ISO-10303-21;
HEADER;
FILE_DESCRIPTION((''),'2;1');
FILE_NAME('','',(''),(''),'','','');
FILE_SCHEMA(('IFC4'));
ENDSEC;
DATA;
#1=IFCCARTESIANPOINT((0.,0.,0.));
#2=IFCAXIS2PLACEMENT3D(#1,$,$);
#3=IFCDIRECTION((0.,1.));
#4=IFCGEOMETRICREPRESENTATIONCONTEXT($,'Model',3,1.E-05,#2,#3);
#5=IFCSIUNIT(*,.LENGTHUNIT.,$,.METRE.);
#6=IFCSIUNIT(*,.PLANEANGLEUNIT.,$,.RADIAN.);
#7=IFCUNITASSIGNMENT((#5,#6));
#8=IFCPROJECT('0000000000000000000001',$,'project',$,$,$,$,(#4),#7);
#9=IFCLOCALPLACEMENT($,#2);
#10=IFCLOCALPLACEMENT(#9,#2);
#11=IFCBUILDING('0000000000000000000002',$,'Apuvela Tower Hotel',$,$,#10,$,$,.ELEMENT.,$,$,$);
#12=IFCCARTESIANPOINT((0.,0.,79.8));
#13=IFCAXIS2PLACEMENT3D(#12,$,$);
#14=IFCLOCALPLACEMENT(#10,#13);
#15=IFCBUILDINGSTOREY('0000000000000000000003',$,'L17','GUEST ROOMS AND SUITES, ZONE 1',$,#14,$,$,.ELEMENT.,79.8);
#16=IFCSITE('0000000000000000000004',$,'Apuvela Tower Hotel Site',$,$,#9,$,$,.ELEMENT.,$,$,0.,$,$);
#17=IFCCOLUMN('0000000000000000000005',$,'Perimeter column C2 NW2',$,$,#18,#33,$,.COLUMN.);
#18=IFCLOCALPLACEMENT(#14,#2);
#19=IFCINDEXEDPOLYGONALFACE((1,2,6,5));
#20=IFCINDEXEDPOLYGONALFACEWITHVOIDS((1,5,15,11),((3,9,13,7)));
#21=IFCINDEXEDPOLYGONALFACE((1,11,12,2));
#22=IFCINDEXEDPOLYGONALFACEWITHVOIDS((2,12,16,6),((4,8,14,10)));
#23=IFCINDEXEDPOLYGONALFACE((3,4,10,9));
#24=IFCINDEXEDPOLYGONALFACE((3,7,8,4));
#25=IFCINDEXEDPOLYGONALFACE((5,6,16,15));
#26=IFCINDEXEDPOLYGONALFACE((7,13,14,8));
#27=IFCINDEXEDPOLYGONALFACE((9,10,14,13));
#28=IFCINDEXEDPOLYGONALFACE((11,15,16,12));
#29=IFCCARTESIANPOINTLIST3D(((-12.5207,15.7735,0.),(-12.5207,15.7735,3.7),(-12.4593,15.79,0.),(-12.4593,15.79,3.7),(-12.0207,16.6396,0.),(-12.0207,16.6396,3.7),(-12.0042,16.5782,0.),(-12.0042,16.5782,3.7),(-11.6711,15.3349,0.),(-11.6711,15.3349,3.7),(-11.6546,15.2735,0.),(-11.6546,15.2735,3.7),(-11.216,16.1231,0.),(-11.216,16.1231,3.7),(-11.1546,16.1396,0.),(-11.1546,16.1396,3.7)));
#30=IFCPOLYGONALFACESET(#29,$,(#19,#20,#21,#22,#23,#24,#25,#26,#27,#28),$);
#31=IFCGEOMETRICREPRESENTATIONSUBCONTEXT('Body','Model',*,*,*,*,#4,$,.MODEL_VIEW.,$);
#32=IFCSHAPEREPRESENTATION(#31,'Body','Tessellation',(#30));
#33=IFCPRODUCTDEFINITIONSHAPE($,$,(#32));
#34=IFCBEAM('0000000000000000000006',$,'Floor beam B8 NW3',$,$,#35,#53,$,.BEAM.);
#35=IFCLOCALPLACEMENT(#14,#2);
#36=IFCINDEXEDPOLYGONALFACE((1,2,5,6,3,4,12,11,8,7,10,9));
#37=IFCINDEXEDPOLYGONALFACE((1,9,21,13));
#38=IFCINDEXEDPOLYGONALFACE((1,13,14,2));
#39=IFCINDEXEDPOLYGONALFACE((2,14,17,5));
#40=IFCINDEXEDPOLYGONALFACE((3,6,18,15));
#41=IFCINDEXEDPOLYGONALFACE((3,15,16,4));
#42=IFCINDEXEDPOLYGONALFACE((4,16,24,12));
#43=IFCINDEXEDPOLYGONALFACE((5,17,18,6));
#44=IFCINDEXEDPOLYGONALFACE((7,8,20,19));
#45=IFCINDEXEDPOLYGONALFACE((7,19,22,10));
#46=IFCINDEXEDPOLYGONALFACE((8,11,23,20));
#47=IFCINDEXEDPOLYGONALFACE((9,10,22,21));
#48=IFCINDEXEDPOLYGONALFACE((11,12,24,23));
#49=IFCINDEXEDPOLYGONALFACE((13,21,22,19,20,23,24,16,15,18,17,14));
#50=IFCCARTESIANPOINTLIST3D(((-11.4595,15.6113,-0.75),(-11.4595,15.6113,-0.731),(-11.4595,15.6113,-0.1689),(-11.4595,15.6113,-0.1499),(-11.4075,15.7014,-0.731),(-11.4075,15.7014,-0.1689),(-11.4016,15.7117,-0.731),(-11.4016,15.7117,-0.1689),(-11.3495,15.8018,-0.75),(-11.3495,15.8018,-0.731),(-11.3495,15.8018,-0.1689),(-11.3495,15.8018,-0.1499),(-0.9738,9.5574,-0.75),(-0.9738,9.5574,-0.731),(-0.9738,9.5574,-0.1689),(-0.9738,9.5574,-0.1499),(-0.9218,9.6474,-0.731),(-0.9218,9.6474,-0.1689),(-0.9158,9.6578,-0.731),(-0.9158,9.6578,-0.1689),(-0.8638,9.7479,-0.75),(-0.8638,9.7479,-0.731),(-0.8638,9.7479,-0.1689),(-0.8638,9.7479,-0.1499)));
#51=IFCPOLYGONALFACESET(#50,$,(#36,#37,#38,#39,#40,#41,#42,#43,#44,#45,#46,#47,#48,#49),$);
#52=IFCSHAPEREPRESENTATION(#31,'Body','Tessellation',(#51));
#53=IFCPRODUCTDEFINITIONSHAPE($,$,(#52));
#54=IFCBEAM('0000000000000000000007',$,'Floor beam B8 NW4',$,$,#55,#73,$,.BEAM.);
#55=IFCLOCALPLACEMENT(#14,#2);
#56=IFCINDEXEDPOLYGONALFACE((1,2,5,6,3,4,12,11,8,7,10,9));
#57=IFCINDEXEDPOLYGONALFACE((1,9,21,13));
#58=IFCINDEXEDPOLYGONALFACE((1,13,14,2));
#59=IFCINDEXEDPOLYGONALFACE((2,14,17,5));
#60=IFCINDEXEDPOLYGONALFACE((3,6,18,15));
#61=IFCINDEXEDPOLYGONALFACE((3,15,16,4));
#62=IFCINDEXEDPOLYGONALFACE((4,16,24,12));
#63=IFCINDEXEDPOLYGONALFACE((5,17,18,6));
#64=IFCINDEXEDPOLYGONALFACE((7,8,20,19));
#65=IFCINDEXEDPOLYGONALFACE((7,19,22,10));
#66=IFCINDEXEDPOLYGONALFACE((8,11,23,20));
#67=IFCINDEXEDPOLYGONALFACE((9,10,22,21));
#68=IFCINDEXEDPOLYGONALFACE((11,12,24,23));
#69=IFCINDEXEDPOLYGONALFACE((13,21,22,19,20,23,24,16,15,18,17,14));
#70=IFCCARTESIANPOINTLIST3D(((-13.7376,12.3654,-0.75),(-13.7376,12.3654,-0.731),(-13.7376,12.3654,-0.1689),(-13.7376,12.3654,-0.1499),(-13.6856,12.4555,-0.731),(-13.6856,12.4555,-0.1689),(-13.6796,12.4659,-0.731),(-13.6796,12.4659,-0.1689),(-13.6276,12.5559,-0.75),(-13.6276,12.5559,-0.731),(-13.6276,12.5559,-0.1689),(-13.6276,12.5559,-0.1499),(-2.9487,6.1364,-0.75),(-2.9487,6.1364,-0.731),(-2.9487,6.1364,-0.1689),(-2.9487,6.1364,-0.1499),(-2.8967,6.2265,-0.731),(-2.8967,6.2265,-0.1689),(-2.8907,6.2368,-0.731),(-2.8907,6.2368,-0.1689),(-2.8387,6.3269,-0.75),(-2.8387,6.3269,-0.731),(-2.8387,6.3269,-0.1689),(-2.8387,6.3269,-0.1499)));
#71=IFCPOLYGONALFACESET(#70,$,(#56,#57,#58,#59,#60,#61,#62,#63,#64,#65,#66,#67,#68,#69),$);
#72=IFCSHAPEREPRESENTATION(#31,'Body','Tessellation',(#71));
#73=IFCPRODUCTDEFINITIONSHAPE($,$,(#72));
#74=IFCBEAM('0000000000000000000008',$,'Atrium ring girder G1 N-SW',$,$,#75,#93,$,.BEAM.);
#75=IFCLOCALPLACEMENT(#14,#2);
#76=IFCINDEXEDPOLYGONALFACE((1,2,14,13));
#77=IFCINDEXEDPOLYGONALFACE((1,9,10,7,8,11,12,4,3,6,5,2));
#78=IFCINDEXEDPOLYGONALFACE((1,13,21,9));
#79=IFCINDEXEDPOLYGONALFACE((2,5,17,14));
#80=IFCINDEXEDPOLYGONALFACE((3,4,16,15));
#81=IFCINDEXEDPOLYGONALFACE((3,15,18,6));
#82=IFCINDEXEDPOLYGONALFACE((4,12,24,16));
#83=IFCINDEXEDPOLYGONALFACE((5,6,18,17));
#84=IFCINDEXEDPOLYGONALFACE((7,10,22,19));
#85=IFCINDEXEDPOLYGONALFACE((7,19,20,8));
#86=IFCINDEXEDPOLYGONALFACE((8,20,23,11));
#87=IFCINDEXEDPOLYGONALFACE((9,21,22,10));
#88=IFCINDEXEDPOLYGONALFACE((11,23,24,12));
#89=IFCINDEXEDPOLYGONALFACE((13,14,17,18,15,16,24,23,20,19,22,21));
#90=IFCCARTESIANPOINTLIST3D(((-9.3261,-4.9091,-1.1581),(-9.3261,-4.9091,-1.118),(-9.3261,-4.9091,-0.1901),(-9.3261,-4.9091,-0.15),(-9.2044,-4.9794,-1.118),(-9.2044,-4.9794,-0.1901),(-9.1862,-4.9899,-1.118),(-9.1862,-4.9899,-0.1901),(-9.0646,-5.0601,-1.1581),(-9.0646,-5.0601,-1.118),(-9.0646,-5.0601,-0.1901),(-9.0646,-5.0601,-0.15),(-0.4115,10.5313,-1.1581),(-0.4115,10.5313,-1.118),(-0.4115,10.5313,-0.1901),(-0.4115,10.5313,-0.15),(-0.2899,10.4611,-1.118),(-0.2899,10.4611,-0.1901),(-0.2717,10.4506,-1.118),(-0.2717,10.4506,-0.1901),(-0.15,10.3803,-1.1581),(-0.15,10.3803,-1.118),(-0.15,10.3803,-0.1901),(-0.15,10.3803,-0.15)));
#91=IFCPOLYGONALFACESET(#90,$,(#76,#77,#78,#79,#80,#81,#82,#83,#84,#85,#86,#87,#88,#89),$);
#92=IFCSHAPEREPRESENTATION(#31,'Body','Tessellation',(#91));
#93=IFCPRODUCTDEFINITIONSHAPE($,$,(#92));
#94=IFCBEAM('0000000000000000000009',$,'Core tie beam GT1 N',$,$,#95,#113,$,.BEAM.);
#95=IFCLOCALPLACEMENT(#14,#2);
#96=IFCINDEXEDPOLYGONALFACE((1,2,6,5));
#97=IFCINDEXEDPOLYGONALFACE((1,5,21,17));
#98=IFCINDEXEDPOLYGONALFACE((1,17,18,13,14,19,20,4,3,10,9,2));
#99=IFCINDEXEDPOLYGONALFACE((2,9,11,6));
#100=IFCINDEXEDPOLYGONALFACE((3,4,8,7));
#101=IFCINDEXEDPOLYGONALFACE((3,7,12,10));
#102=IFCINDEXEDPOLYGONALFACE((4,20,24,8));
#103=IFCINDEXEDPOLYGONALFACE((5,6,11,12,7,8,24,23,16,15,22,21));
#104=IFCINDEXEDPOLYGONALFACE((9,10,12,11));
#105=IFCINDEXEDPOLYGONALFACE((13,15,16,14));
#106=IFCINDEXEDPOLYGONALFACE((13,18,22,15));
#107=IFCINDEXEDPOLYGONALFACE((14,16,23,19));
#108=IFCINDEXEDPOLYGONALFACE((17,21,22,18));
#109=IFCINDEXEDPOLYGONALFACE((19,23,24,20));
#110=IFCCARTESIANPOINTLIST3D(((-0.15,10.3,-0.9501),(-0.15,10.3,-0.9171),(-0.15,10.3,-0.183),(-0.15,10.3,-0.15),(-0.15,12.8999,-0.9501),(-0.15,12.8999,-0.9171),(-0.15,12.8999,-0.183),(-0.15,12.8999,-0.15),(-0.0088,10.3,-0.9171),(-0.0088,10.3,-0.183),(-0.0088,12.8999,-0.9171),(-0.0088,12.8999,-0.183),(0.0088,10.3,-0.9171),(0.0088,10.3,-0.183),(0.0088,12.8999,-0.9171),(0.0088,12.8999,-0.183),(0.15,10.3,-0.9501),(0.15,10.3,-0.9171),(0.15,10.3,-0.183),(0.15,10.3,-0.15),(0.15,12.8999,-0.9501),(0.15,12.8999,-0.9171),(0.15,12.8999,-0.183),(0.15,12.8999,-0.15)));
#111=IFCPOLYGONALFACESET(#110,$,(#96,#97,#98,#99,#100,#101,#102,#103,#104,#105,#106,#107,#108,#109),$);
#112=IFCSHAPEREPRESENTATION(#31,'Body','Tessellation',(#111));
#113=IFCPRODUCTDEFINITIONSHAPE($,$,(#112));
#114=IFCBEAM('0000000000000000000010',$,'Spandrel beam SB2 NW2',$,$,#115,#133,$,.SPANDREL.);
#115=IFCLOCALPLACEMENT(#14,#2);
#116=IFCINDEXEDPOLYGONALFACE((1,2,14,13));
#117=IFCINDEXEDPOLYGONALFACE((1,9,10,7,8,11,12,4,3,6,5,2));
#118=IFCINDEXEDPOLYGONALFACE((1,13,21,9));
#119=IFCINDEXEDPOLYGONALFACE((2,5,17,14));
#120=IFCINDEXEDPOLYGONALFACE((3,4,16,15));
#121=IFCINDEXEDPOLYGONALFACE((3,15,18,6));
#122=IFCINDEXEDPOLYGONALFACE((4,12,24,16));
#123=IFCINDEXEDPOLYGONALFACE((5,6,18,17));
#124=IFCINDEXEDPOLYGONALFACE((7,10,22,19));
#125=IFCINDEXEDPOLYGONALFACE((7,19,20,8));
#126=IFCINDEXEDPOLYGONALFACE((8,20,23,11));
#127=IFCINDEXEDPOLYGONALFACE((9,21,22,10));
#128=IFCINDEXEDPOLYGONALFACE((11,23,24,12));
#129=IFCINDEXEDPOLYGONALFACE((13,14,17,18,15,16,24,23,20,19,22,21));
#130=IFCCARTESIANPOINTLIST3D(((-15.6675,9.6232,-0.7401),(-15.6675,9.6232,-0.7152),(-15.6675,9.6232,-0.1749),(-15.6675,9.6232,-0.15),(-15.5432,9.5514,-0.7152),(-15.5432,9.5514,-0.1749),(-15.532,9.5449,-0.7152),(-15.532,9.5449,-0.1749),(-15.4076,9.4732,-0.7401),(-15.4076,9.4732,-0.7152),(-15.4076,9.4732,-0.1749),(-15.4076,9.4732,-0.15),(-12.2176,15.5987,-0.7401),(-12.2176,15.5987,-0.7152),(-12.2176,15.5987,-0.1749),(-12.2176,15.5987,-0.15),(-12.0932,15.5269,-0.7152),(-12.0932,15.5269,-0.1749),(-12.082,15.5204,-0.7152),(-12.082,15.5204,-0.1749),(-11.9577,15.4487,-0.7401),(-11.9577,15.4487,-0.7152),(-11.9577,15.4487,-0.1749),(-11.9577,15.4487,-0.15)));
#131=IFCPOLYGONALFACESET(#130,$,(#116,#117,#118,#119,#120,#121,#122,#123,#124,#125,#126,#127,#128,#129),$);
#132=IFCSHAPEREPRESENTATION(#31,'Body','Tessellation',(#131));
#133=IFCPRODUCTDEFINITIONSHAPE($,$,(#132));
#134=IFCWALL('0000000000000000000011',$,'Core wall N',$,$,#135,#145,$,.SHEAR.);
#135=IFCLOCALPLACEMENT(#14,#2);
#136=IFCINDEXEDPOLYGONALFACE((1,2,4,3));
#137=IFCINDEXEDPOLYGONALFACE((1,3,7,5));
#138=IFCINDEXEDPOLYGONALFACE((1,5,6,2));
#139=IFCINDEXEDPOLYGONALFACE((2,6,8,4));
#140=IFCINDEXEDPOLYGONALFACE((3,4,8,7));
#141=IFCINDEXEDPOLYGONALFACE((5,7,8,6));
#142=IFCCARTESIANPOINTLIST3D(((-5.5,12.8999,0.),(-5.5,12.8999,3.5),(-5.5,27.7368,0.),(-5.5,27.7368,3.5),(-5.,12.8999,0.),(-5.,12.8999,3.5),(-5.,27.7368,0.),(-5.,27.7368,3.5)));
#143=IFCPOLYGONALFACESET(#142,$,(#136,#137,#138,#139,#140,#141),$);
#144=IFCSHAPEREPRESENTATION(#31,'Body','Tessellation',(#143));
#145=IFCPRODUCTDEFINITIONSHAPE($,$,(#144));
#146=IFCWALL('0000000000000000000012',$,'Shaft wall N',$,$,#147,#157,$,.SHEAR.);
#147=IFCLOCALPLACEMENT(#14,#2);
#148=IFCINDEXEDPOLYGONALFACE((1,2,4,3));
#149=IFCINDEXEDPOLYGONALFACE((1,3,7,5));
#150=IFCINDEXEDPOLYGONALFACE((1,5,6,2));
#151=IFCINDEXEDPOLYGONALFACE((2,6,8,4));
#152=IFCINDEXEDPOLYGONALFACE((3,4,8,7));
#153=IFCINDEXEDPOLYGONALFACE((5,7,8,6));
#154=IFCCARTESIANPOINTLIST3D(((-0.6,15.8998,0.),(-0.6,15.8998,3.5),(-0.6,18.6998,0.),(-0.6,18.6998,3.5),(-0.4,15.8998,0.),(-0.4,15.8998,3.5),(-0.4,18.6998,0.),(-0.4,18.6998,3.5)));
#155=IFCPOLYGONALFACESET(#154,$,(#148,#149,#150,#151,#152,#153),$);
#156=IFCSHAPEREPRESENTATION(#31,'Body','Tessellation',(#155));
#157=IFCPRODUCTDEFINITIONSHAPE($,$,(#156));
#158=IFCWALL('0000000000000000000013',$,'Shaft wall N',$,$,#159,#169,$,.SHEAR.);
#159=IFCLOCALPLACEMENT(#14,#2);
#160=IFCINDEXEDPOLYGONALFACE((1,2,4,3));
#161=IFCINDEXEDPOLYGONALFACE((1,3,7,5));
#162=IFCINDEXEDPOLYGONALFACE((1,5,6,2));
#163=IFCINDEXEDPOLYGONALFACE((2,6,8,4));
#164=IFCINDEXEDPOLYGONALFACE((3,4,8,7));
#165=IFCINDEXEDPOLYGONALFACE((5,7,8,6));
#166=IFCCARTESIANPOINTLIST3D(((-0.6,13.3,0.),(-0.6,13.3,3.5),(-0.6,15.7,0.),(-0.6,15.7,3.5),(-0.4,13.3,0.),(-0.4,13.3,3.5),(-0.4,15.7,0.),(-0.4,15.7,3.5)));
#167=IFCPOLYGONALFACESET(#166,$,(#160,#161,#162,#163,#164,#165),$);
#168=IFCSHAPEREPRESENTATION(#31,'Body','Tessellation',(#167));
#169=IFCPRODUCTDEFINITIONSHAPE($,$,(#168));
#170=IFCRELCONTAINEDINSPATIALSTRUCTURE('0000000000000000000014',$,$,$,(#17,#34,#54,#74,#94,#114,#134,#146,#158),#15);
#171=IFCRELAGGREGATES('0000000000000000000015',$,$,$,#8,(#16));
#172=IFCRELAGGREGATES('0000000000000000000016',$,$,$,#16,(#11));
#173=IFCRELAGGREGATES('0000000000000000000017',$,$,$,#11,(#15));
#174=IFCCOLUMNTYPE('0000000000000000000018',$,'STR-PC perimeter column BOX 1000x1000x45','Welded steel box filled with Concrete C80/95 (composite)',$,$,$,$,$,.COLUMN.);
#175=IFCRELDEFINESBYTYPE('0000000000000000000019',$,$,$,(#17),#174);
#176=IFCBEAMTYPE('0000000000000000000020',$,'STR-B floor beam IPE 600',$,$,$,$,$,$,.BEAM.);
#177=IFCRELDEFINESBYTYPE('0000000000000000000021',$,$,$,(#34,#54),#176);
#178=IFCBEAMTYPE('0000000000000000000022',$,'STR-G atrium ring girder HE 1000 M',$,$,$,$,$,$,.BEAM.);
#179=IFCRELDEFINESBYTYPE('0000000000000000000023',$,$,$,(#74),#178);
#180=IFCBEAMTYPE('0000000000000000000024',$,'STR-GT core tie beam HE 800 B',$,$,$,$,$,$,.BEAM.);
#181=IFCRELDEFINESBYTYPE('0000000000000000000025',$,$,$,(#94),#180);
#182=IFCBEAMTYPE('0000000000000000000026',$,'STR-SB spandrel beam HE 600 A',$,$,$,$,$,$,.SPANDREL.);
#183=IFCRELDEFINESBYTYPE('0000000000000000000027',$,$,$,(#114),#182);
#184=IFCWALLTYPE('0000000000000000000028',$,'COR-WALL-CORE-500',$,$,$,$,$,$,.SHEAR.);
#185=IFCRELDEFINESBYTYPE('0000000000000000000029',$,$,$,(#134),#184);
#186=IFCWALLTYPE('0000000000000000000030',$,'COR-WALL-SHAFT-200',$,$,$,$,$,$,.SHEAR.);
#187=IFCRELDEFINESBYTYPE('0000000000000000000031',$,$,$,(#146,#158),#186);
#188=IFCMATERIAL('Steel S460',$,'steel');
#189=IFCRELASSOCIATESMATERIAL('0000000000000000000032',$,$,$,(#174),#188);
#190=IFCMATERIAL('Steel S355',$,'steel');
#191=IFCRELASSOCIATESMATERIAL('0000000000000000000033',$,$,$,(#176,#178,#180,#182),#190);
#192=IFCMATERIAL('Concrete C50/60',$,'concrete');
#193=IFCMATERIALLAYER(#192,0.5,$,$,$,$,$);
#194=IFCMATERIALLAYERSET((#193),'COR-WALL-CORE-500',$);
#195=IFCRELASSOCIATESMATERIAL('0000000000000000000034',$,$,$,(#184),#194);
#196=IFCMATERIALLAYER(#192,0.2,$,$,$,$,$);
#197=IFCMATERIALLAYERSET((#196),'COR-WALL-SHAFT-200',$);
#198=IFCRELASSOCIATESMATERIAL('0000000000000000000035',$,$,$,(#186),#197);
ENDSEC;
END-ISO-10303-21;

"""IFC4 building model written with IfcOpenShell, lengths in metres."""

from ifc_helpers import new_model, si_unit, direction, frame, frame_2d, origin, origin_2d, place, context, subcontext, project, spatial, rectangle, hollow_rectangle, i_section, extrude, material, layer, layer_set, material_profile, profile_set, type_object, element, save


model = new_model("IFC4")

# Units and contexts
model_context = context("Model", 3, precision=1e-05, world=origin(), true_north=direction((0.0, 1.0)))
body_context = subcontext(model_context, "Body", "Model", "MODEL_VIEW")
ifc_project = project(units=[si_unit("LENGTHUNIT", "METRE"), si_unit("PLANEANGLEUNIT", "RADIAN")], contexts=[model_context])

# Site, building, storey
site_placement = place(None, origin())
site = spatial("IfcSite", under=ifc_project, at=site_placement, Name="Apuvela Tower Hotel Site", CompositionType="ELEMENT", RefElevation=0.0)
building_placement = place(site_placement, origin())
building = spatial("IfcBuilding", under=site, at=building_placement, Name="Apuvela Tower Hotel", CompositionType="ELEMENT")
storey_placement = place(building_placement, frame((0.0, 0.0, 79.8)))
storey = spatial("IfcBuildingStorey", under=building, at=storey_placement, Name="L17", Description="GUEST ROOMS AND SUITES, ZONE 1", CompositionType="ELEMENT", Elevation=79.8)

# Column
ifc_material_1 = material(Name="Steel S460", Category="steel")
ifc_material_profile_1 = material_profile(ifc_material_1, hollow_rectangle(XDim=1.0, YDim=1.0, WallThickness=0.0449, at=origin_2d()), Name="BOX 1000x1000x45")
ifc_material_2 = material(Name="Concrete C80/95", Category="concrete")
ifc_material_profile_2 = material_profile(ifc_material_2, rectangle(XDim=0.9099, YDim=0.9099, at=origin_2d()), Name="Concrete C80/95 infill")
ifc_profile_set_1 = profile_set([ifc_material_profile_1, ifc_material_profile_2], Name="Steel S460")
column_type = type_object("IfcColumnType", Name="STR-PC perimeter column BOX 1000x1000x45", Description="Welded steel box filled with Concrete C80/95 (composite)", PredefinedType="COLUMN", material=ifc_profile_set_1)
column_placement = place(storey_placement, frame((-11.8376, 15.9565, 0.0), z_axis=(0.0, 0.0, 1.0), x_axis=(0.5, 0.866025, 0.0)))
element("IfcColumn", 1, at=column_placement, inside=storey, type_object=column_type, Name="Perimeter column C2 NW2", PredefinedType="COLUMN", context=body_context, shape_type="SweptSolid", body=[
    extrude(hollow_rectangle(XDim=1.0, YDim=1.0, WallThickness=0.0449, at=origin_2d()), origin(), (0.0, 0.0, 1.0), 3.7),
])

# Beams
ifc_material_3 = material(Name="Steel S355", Category="steel")
ifc_material_profile_3 = material_profile(ifc_material_3, i_section(OverallWidth=0.22, OverallDepth=0.6001, WebThickness=0.012, FlangeThickness=0.019, at=origin_2d()), Name="IPE 600")
ifc_profile_set_2 = profile_set([ifc_material_profile_3], Name="Steel S355")
beam_type_1 = type_object("IfcBeamType", Name="STR-B floor beam IPE 600", PredefinedType="BEAM", material=ifc_profile_set_2)
beam_1_placement = place(storey_placement, frame((-11.4045, 15.7065, -0.45), z_axis=(0.866027, -0.499997, 0.0), x_axis=(0.499997, 0.866027, 0.0)))
element("IfcBeam", 2, at=beam_1_placement, inside=storey, type_object=beam_type_1, Name="Floor beam B8 NW3", PredefinedType="BEAM", context=body_context, shape_type="SweptSolid", body=[
    extrude(i_section(OverallWidth=0.22, OverallDepth=0.6001, WebThickness=0.012, FlangeThickness=0.019, at=origin_2d()), origin(), (0.0, 0.0, 1.0), 12.1079),
])
beam_2_placement = place(storey_placement, frame((-13.6826, 12.4607, -0.45), z_axis=(0.866023, -0.500005, 0.0), x_axis=(0.500005, 0.866023, 0.0)))
element("IfcBeam", 3, at=beam_2_placement, inside=storey, type_object=beam_type_1, Name="Floor beam B8 NW4", PredefinedType="BEAM", context=body_context, shape_type="SweptSolid", body=[
    extrude(i_section(OverallWidth=0.22, OverallDepth=0.6001, WebThickness=0.012, FlangeThickness=0.019, at=origin_2d()), origin(), (0.0, 0.0, 1.0), 12.458),
])
ifc_material_profile_4 = material_profile(ifc_material_3, i_section(OverallWidth=0.302, OverallDepth=1.0081, WebThickness=0.021, FlangeThickness=0.04, at=origin_2d()), Name="HE 1000 M")
ifc_profile_set_3 = profile_set([ifc_material_profile_4], Name="Steel S355")
beam_type_2 = type_object("IfcBeamType", Name="STR-G atrium ring girder HE 1000 M", PredefinedType="BEAM", material=ifc_profile_set_3)
beam_3_placement = place(storey_placement, frame((-0.2808, 10.4558, -0.6541), z_axis=(-0.500001, -0.866025, 0.0), x_axis=(0.866025, -0.500001, 0.0)))
element("IfcBeam", 4, at=beam_3_placement, inside=storey, type_object=beam_type_2, Name="Atrium ring girder G1 N-SW", PredefinedType="BEAM", context=body_context, shape_type="SweptSolid", body=[
    extrude(i_section(OverallWidth=0.302, OverallDepth=1.0081, WebThickness=0.021, FlangeThickness=0.04, at=origin_2d()), origin(), (0.0, 0.0, 1.0), 17.8291),
])
ifc_material_profile_5 = material_profile(ifc_material_3, i_section(OverallWidth=0.3, OverallDepth=0.8, WebThickness=0.0176, FlangeThickness=0.033, at=origin_2d()), Name="HE 800 B")
ifc_profile_set_4 = profile_set([ifc_material_profile_5], Name="Steel S355")
beam_type_3 = type_object("IfcBeamType", Name="STR-GT core tie beam HE 800 B", PredefinedType="BEAM", material=ifc_profile_set_4)
beam_4_placement = place(storey_placement, frame((0.0, 12.8999, -0.55), z_axis=(0.0, -1.0, 0.0), x_axis=(1.0, 0.0, 0.0)))
element("IfcBeam", 5, at=beam_4_placement, inside=storey, type_object=beam_type_3, Name="Core tie beam GT1 N", PredefinedType="BEAM", context=body_context, shape_type="SweptSolid", body=[
    extrude(i_section(OverallWidth=0.3, OverallDepth=0.8, WebThickness=0.0176, FlangeThickness=0.033, at=origin_2d()), origin(), (0.0, 0.0, 1.0), 2.5999),
])
ifc_material_profile_6 = material_profile(ifc_material_3, i_section(OverallWidth=0.3, OverallDepth=0.5901, WebThickness=0.0129, FlangeThickness=0.0249, at=origin_2d()), Name="HE 600 A")
ifc_profile_set_5 = profile_set([ifc_material_profile_6], Name="Steel S355")
beam_type_4 = type_object("IfcBeamType", Name="STR-SB spandrel beam HE 600 A", PredefinedType="SPANDREL", material=ifc_profile_set_5)
beam_5_placement = place(storey_placement, frame((-12.0876, 15.5237, -0.4451), z_axis=(-0.499994, -0.866029, 0.0), x_axis=(0.866029, -0.499994, 0.0)))
element("IfcBeam", 6, at=beam_5_placement, inside=storey, type_object=beam_type_4, Name="Spandrel beam SB2 NW2", PredefinedType="SPANDREL", context=body_context, shape_type="SweptSolid", body=[
    extrude(i_section(OverallWidth=0.3, OverallDepth=0.5901, WebThickness=0.0129, FlangeThickness=0.0249, at=origin_2d()), origin(), (0.0, 0.0, 1.0), 6.8999),
])

# Walls
ifc_material_4 = material(Name="Concrete C50/60", Category="concrete")
ifc_layer_1 = layer(ifc_material_4, 0.5)
ifc_layer_set_1 = layer_set([ifc_layer_1], Name="COR-WALL-CORE-500")
wall_type_1 = type_object("IfcWallType", Name="COR-WALL-CORE-500", PredefinedType="SHEAR", material=ifc_layer_set_1)
wall_1_placement = place(storey_placement, frame((-5.25, 12.8999, 0.0), z_axis=(0.0, 0.0, 1.0), x_axis=(0.0, 1.0, 0.0)))
element("IfcWall", 7, at=wall_1_placement, inside=storey, type_object=wall_type_1, Name="Core wall N", PredefinedType="SHEAR", context=body_context, shape_type="SweptSolid", body=[
    extrude(rectangle(XDim=14.8369, YDim=0.5, at=frame_2d((7.4185, 0.0))), origin(), (0.0, 0.0, 1.0), 3.5),
])
ifc_layer_2 = layer(ifc_material_4, 0.2)
ifc_layer_set_2 = layer_set([ifc_layer_2], Name="COR-WALL-SHAFT-200")
wall_type_2 = type_object("IfcWallType", Name="COR-WALL-SHAFT-200", PredefinedType="SHEAR", material=ifc_layer_set_2)
wall_2_placement = place(storey_placement, frame((-0.5, 15.8999, 0.0), z_axis=(0.0, 0.0, 1.0), x_axis=(0.0, 1.0, 0.0)))
element("IfcWall", 8, at=wall_2_placement, inside=storey, type_object=wall_type_2, Name="Shaft wall N", PredefinedType="SHEAR", context=body_context, shape_type="SweptSolid", body=[
    extrude(rectangle(XDim=2.8, YDim=0.2, at=frame_2d((1.3999, 0.0))), origin(), (0.0, 0.0, 1.0), 3.5),
])
wall_3_placement = place(storey_placement, frame((-0.5, 13.3, 0.0), z_axis=(0.0, 0.0, 1.0), x_axis=(0.0, 1.0, 0.0)))
element("IfcWall", 9, at=wall_3_placement, inside=storey, type_object=wall_type_2, Name="Shaft wall N", PredefinedType="SHEAR", context=body_context, shape_type="SweptSolid", body=[
    extrude(rectangle(XDim=2.3999, YDim=0.2, at=frame_2d((1.2, 0.0))), origin(), (0.0, 0.0, 1.0), 3.5),
])

save(model, "model.ifc")
